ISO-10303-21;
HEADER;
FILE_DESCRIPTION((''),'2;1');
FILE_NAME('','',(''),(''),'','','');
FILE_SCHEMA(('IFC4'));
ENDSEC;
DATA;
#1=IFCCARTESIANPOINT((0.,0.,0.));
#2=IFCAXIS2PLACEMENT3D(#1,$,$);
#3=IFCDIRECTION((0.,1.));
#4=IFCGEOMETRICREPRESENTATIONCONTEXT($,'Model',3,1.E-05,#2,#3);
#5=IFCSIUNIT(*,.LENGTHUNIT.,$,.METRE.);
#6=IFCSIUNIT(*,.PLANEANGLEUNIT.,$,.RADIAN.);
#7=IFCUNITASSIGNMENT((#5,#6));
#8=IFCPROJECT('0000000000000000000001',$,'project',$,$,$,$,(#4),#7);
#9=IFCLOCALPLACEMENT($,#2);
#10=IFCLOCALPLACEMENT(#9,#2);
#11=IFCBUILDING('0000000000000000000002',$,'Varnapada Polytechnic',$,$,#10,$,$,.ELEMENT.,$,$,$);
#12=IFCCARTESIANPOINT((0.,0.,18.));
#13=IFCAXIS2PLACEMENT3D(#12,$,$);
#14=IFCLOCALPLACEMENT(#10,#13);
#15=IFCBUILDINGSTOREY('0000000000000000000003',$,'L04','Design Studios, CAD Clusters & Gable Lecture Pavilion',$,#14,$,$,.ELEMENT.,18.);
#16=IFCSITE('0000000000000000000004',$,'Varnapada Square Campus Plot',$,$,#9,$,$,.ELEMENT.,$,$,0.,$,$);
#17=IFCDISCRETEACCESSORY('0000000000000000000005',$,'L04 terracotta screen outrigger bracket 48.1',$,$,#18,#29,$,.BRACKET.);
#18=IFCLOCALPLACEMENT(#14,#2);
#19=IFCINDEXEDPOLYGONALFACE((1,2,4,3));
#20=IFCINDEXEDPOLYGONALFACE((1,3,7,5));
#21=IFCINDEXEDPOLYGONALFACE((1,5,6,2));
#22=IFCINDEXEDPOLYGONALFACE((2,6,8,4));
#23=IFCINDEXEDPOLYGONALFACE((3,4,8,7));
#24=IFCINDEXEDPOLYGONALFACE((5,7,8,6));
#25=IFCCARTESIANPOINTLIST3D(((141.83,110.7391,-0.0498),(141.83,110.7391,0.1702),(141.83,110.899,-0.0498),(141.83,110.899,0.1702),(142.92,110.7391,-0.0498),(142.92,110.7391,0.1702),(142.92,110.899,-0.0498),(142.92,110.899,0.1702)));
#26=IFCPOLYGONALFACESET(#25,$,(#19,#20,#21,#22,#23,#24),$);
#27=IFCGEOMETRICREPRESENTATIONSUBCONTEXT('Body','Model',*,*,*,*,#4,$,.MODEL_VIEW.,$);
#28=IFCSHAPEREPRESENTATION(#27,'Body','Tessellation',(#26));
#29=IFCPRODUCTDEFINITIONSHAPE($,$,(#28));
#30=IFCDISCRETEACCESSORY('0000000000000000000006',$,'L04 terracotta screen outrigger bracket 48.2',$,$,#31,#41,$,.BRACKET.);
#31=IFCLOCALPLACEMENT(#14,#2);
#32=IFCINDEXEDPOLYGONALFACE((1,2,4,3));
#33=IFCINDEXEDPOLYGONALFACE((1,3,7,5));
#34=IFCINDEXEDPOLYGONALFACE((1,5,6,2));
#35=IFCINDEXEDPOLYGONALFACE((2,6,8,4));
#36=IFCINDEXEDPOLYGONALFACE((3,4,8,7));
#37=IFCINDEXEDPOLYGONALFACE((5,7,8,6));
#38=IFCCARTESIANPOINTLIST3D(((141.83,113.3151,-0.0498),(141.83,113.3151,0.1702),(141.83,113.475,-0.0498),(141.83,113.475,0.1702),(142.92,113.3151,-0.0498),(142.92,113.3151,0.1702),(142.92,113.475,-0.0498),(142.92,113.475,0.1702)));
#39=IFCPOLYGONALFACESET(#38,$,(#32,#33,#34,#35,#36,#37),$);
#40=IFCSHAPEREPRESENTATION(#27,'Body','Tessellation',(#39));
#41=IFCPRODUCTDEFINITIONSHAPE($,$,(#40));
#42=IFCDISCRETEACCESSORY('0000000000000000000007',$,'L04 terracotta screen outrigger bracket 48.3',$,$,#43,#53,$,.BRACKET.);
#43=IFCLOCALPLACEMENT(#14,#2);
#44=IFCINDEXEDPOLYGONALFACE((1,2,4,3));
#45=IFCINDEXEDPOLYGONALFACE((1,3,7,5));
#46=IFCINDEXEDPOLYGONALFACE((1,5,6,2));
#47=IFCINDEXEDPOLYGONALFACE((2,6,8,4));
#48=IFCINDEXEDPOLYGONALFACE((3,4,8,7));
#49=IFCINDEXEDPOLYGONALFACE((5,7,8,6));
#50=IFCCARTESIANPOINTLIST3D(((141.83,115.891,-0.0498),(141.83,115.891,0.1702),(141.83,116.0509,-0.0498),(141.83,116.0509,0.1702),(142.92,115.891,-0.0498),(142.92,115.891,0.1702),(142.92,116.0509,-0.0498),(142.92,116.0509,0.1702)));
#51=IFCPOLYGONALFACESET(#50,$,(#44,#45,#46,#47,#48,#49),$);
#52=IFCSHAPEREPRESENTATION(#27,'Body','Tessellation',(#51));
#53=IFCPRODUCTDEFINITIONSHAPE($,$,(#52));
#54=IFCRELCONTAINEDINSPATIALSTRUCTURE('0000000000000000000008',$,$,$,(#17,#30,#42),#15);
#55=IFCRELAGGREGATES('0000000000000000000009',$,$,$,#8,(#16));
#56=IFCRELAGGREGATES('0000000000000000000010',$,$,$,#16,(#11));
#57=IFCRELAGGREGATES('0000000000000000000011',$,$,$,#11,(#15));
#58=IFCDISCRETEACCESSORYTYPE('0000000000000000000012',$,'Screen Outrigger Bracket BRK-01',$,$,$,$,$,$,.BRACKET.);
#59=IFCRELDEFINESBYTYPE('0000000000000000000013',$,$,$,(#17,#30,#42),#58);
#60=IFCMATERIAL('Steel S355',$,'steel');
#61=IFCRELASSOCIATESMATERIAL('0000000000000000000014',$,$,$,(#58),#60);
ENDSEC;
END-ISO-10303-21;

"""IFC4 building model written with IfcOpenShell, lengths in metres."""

from ifc_helpers import new_model, si_unit, direction, frame, origin, origin_2d, place, context, subcontext, project, spatial, rectangle, extrude, material, type_object, element, save


model = new_model("IFC4")

# Units and contexts
model_context = context("Model", 3, precision=1e-05, world=origin(), true_north=direction((0.0, 1.0)))
body_context = subcontext(model_context, "Body", "Model", "MODEL_VIEW")
ifc_project = project(units=[si_unit("LENGTHUNIT", "METRE"), si_unit("PLANEANGLEUNIT", "RADIAN")], contexts=[model_context])

# Site, building, storey
site_placement = place(None, origin())
site = spatial("IfcSite", under=ifc_project, at=site_placement, Name="Varnapada Square Campus Plot", CompositionType="ELEMENT", RefElevation=0.0)
building_placement = place(site_placement, origin())
building = spatial("IfcBuilding", under=site, at=building_placement, Name="Varnapada Polytechnic", CompositionType="ELEMENT")
storey_placement = place(building_placement, frame((0.0, 0.0, 18.0)))
storey = spatial("IfcBuildingStorey", under=building, at=storey_placement, Name="L04", Description="Design Studios, CAD Clusters & Gable Lecture Pavilion", CompositionType="ELEMENT", Elevation=18.0)

# Shared definitions
ifc_material_1 = material(Name="Steel S355", Category="steel")

# Discrete accessories
discrete_accessory_type = type_object("IfcDiscreteAccessoryType", Name="Screen Outrigger Bracket BRK-01", PredefinedType="BRACKET", material=ifc_material_1)
for number, where, z_axis, x_axis, name in (
    (1, (142.375, 110.8191, -0.0498), (0.0, 0.0, 1.0), (0.0, 1.0, 0.0), "L04 terracotta screen outrigger bracket 48.1"),
    (2, (142.375, 113.395, -0.0498), (0.0, 0.0, 1.0), (0.0, 1.0, 0.0), "L04 terracotta screen outrigger bracket 48.2"),
    (3, (142.375, 115.9709, -0.0498), (0.0, 0.0, 1.0), (0.0, 1.0, 0.0), "L04 terracotta screen outrigger bracket 48.3"),
):
    element("IfcDiscreteAccessory", number, at=place(storey_placement, frame(where, z_axis=z_axis, x_axis=x_axis)), inside=storey, type_object=discrete_accessory_type, Name=name, PredefinedType="BRACKET", context=body_context, shape_type="SweptSolid", body=[
        extrude(rectangle(XDim=0.1599, YDim=1.0901, at=origin_2d()), origin(), (0.0, 0.0, 1.0), 0.22),
    ])

save(model, "model.ifc")
